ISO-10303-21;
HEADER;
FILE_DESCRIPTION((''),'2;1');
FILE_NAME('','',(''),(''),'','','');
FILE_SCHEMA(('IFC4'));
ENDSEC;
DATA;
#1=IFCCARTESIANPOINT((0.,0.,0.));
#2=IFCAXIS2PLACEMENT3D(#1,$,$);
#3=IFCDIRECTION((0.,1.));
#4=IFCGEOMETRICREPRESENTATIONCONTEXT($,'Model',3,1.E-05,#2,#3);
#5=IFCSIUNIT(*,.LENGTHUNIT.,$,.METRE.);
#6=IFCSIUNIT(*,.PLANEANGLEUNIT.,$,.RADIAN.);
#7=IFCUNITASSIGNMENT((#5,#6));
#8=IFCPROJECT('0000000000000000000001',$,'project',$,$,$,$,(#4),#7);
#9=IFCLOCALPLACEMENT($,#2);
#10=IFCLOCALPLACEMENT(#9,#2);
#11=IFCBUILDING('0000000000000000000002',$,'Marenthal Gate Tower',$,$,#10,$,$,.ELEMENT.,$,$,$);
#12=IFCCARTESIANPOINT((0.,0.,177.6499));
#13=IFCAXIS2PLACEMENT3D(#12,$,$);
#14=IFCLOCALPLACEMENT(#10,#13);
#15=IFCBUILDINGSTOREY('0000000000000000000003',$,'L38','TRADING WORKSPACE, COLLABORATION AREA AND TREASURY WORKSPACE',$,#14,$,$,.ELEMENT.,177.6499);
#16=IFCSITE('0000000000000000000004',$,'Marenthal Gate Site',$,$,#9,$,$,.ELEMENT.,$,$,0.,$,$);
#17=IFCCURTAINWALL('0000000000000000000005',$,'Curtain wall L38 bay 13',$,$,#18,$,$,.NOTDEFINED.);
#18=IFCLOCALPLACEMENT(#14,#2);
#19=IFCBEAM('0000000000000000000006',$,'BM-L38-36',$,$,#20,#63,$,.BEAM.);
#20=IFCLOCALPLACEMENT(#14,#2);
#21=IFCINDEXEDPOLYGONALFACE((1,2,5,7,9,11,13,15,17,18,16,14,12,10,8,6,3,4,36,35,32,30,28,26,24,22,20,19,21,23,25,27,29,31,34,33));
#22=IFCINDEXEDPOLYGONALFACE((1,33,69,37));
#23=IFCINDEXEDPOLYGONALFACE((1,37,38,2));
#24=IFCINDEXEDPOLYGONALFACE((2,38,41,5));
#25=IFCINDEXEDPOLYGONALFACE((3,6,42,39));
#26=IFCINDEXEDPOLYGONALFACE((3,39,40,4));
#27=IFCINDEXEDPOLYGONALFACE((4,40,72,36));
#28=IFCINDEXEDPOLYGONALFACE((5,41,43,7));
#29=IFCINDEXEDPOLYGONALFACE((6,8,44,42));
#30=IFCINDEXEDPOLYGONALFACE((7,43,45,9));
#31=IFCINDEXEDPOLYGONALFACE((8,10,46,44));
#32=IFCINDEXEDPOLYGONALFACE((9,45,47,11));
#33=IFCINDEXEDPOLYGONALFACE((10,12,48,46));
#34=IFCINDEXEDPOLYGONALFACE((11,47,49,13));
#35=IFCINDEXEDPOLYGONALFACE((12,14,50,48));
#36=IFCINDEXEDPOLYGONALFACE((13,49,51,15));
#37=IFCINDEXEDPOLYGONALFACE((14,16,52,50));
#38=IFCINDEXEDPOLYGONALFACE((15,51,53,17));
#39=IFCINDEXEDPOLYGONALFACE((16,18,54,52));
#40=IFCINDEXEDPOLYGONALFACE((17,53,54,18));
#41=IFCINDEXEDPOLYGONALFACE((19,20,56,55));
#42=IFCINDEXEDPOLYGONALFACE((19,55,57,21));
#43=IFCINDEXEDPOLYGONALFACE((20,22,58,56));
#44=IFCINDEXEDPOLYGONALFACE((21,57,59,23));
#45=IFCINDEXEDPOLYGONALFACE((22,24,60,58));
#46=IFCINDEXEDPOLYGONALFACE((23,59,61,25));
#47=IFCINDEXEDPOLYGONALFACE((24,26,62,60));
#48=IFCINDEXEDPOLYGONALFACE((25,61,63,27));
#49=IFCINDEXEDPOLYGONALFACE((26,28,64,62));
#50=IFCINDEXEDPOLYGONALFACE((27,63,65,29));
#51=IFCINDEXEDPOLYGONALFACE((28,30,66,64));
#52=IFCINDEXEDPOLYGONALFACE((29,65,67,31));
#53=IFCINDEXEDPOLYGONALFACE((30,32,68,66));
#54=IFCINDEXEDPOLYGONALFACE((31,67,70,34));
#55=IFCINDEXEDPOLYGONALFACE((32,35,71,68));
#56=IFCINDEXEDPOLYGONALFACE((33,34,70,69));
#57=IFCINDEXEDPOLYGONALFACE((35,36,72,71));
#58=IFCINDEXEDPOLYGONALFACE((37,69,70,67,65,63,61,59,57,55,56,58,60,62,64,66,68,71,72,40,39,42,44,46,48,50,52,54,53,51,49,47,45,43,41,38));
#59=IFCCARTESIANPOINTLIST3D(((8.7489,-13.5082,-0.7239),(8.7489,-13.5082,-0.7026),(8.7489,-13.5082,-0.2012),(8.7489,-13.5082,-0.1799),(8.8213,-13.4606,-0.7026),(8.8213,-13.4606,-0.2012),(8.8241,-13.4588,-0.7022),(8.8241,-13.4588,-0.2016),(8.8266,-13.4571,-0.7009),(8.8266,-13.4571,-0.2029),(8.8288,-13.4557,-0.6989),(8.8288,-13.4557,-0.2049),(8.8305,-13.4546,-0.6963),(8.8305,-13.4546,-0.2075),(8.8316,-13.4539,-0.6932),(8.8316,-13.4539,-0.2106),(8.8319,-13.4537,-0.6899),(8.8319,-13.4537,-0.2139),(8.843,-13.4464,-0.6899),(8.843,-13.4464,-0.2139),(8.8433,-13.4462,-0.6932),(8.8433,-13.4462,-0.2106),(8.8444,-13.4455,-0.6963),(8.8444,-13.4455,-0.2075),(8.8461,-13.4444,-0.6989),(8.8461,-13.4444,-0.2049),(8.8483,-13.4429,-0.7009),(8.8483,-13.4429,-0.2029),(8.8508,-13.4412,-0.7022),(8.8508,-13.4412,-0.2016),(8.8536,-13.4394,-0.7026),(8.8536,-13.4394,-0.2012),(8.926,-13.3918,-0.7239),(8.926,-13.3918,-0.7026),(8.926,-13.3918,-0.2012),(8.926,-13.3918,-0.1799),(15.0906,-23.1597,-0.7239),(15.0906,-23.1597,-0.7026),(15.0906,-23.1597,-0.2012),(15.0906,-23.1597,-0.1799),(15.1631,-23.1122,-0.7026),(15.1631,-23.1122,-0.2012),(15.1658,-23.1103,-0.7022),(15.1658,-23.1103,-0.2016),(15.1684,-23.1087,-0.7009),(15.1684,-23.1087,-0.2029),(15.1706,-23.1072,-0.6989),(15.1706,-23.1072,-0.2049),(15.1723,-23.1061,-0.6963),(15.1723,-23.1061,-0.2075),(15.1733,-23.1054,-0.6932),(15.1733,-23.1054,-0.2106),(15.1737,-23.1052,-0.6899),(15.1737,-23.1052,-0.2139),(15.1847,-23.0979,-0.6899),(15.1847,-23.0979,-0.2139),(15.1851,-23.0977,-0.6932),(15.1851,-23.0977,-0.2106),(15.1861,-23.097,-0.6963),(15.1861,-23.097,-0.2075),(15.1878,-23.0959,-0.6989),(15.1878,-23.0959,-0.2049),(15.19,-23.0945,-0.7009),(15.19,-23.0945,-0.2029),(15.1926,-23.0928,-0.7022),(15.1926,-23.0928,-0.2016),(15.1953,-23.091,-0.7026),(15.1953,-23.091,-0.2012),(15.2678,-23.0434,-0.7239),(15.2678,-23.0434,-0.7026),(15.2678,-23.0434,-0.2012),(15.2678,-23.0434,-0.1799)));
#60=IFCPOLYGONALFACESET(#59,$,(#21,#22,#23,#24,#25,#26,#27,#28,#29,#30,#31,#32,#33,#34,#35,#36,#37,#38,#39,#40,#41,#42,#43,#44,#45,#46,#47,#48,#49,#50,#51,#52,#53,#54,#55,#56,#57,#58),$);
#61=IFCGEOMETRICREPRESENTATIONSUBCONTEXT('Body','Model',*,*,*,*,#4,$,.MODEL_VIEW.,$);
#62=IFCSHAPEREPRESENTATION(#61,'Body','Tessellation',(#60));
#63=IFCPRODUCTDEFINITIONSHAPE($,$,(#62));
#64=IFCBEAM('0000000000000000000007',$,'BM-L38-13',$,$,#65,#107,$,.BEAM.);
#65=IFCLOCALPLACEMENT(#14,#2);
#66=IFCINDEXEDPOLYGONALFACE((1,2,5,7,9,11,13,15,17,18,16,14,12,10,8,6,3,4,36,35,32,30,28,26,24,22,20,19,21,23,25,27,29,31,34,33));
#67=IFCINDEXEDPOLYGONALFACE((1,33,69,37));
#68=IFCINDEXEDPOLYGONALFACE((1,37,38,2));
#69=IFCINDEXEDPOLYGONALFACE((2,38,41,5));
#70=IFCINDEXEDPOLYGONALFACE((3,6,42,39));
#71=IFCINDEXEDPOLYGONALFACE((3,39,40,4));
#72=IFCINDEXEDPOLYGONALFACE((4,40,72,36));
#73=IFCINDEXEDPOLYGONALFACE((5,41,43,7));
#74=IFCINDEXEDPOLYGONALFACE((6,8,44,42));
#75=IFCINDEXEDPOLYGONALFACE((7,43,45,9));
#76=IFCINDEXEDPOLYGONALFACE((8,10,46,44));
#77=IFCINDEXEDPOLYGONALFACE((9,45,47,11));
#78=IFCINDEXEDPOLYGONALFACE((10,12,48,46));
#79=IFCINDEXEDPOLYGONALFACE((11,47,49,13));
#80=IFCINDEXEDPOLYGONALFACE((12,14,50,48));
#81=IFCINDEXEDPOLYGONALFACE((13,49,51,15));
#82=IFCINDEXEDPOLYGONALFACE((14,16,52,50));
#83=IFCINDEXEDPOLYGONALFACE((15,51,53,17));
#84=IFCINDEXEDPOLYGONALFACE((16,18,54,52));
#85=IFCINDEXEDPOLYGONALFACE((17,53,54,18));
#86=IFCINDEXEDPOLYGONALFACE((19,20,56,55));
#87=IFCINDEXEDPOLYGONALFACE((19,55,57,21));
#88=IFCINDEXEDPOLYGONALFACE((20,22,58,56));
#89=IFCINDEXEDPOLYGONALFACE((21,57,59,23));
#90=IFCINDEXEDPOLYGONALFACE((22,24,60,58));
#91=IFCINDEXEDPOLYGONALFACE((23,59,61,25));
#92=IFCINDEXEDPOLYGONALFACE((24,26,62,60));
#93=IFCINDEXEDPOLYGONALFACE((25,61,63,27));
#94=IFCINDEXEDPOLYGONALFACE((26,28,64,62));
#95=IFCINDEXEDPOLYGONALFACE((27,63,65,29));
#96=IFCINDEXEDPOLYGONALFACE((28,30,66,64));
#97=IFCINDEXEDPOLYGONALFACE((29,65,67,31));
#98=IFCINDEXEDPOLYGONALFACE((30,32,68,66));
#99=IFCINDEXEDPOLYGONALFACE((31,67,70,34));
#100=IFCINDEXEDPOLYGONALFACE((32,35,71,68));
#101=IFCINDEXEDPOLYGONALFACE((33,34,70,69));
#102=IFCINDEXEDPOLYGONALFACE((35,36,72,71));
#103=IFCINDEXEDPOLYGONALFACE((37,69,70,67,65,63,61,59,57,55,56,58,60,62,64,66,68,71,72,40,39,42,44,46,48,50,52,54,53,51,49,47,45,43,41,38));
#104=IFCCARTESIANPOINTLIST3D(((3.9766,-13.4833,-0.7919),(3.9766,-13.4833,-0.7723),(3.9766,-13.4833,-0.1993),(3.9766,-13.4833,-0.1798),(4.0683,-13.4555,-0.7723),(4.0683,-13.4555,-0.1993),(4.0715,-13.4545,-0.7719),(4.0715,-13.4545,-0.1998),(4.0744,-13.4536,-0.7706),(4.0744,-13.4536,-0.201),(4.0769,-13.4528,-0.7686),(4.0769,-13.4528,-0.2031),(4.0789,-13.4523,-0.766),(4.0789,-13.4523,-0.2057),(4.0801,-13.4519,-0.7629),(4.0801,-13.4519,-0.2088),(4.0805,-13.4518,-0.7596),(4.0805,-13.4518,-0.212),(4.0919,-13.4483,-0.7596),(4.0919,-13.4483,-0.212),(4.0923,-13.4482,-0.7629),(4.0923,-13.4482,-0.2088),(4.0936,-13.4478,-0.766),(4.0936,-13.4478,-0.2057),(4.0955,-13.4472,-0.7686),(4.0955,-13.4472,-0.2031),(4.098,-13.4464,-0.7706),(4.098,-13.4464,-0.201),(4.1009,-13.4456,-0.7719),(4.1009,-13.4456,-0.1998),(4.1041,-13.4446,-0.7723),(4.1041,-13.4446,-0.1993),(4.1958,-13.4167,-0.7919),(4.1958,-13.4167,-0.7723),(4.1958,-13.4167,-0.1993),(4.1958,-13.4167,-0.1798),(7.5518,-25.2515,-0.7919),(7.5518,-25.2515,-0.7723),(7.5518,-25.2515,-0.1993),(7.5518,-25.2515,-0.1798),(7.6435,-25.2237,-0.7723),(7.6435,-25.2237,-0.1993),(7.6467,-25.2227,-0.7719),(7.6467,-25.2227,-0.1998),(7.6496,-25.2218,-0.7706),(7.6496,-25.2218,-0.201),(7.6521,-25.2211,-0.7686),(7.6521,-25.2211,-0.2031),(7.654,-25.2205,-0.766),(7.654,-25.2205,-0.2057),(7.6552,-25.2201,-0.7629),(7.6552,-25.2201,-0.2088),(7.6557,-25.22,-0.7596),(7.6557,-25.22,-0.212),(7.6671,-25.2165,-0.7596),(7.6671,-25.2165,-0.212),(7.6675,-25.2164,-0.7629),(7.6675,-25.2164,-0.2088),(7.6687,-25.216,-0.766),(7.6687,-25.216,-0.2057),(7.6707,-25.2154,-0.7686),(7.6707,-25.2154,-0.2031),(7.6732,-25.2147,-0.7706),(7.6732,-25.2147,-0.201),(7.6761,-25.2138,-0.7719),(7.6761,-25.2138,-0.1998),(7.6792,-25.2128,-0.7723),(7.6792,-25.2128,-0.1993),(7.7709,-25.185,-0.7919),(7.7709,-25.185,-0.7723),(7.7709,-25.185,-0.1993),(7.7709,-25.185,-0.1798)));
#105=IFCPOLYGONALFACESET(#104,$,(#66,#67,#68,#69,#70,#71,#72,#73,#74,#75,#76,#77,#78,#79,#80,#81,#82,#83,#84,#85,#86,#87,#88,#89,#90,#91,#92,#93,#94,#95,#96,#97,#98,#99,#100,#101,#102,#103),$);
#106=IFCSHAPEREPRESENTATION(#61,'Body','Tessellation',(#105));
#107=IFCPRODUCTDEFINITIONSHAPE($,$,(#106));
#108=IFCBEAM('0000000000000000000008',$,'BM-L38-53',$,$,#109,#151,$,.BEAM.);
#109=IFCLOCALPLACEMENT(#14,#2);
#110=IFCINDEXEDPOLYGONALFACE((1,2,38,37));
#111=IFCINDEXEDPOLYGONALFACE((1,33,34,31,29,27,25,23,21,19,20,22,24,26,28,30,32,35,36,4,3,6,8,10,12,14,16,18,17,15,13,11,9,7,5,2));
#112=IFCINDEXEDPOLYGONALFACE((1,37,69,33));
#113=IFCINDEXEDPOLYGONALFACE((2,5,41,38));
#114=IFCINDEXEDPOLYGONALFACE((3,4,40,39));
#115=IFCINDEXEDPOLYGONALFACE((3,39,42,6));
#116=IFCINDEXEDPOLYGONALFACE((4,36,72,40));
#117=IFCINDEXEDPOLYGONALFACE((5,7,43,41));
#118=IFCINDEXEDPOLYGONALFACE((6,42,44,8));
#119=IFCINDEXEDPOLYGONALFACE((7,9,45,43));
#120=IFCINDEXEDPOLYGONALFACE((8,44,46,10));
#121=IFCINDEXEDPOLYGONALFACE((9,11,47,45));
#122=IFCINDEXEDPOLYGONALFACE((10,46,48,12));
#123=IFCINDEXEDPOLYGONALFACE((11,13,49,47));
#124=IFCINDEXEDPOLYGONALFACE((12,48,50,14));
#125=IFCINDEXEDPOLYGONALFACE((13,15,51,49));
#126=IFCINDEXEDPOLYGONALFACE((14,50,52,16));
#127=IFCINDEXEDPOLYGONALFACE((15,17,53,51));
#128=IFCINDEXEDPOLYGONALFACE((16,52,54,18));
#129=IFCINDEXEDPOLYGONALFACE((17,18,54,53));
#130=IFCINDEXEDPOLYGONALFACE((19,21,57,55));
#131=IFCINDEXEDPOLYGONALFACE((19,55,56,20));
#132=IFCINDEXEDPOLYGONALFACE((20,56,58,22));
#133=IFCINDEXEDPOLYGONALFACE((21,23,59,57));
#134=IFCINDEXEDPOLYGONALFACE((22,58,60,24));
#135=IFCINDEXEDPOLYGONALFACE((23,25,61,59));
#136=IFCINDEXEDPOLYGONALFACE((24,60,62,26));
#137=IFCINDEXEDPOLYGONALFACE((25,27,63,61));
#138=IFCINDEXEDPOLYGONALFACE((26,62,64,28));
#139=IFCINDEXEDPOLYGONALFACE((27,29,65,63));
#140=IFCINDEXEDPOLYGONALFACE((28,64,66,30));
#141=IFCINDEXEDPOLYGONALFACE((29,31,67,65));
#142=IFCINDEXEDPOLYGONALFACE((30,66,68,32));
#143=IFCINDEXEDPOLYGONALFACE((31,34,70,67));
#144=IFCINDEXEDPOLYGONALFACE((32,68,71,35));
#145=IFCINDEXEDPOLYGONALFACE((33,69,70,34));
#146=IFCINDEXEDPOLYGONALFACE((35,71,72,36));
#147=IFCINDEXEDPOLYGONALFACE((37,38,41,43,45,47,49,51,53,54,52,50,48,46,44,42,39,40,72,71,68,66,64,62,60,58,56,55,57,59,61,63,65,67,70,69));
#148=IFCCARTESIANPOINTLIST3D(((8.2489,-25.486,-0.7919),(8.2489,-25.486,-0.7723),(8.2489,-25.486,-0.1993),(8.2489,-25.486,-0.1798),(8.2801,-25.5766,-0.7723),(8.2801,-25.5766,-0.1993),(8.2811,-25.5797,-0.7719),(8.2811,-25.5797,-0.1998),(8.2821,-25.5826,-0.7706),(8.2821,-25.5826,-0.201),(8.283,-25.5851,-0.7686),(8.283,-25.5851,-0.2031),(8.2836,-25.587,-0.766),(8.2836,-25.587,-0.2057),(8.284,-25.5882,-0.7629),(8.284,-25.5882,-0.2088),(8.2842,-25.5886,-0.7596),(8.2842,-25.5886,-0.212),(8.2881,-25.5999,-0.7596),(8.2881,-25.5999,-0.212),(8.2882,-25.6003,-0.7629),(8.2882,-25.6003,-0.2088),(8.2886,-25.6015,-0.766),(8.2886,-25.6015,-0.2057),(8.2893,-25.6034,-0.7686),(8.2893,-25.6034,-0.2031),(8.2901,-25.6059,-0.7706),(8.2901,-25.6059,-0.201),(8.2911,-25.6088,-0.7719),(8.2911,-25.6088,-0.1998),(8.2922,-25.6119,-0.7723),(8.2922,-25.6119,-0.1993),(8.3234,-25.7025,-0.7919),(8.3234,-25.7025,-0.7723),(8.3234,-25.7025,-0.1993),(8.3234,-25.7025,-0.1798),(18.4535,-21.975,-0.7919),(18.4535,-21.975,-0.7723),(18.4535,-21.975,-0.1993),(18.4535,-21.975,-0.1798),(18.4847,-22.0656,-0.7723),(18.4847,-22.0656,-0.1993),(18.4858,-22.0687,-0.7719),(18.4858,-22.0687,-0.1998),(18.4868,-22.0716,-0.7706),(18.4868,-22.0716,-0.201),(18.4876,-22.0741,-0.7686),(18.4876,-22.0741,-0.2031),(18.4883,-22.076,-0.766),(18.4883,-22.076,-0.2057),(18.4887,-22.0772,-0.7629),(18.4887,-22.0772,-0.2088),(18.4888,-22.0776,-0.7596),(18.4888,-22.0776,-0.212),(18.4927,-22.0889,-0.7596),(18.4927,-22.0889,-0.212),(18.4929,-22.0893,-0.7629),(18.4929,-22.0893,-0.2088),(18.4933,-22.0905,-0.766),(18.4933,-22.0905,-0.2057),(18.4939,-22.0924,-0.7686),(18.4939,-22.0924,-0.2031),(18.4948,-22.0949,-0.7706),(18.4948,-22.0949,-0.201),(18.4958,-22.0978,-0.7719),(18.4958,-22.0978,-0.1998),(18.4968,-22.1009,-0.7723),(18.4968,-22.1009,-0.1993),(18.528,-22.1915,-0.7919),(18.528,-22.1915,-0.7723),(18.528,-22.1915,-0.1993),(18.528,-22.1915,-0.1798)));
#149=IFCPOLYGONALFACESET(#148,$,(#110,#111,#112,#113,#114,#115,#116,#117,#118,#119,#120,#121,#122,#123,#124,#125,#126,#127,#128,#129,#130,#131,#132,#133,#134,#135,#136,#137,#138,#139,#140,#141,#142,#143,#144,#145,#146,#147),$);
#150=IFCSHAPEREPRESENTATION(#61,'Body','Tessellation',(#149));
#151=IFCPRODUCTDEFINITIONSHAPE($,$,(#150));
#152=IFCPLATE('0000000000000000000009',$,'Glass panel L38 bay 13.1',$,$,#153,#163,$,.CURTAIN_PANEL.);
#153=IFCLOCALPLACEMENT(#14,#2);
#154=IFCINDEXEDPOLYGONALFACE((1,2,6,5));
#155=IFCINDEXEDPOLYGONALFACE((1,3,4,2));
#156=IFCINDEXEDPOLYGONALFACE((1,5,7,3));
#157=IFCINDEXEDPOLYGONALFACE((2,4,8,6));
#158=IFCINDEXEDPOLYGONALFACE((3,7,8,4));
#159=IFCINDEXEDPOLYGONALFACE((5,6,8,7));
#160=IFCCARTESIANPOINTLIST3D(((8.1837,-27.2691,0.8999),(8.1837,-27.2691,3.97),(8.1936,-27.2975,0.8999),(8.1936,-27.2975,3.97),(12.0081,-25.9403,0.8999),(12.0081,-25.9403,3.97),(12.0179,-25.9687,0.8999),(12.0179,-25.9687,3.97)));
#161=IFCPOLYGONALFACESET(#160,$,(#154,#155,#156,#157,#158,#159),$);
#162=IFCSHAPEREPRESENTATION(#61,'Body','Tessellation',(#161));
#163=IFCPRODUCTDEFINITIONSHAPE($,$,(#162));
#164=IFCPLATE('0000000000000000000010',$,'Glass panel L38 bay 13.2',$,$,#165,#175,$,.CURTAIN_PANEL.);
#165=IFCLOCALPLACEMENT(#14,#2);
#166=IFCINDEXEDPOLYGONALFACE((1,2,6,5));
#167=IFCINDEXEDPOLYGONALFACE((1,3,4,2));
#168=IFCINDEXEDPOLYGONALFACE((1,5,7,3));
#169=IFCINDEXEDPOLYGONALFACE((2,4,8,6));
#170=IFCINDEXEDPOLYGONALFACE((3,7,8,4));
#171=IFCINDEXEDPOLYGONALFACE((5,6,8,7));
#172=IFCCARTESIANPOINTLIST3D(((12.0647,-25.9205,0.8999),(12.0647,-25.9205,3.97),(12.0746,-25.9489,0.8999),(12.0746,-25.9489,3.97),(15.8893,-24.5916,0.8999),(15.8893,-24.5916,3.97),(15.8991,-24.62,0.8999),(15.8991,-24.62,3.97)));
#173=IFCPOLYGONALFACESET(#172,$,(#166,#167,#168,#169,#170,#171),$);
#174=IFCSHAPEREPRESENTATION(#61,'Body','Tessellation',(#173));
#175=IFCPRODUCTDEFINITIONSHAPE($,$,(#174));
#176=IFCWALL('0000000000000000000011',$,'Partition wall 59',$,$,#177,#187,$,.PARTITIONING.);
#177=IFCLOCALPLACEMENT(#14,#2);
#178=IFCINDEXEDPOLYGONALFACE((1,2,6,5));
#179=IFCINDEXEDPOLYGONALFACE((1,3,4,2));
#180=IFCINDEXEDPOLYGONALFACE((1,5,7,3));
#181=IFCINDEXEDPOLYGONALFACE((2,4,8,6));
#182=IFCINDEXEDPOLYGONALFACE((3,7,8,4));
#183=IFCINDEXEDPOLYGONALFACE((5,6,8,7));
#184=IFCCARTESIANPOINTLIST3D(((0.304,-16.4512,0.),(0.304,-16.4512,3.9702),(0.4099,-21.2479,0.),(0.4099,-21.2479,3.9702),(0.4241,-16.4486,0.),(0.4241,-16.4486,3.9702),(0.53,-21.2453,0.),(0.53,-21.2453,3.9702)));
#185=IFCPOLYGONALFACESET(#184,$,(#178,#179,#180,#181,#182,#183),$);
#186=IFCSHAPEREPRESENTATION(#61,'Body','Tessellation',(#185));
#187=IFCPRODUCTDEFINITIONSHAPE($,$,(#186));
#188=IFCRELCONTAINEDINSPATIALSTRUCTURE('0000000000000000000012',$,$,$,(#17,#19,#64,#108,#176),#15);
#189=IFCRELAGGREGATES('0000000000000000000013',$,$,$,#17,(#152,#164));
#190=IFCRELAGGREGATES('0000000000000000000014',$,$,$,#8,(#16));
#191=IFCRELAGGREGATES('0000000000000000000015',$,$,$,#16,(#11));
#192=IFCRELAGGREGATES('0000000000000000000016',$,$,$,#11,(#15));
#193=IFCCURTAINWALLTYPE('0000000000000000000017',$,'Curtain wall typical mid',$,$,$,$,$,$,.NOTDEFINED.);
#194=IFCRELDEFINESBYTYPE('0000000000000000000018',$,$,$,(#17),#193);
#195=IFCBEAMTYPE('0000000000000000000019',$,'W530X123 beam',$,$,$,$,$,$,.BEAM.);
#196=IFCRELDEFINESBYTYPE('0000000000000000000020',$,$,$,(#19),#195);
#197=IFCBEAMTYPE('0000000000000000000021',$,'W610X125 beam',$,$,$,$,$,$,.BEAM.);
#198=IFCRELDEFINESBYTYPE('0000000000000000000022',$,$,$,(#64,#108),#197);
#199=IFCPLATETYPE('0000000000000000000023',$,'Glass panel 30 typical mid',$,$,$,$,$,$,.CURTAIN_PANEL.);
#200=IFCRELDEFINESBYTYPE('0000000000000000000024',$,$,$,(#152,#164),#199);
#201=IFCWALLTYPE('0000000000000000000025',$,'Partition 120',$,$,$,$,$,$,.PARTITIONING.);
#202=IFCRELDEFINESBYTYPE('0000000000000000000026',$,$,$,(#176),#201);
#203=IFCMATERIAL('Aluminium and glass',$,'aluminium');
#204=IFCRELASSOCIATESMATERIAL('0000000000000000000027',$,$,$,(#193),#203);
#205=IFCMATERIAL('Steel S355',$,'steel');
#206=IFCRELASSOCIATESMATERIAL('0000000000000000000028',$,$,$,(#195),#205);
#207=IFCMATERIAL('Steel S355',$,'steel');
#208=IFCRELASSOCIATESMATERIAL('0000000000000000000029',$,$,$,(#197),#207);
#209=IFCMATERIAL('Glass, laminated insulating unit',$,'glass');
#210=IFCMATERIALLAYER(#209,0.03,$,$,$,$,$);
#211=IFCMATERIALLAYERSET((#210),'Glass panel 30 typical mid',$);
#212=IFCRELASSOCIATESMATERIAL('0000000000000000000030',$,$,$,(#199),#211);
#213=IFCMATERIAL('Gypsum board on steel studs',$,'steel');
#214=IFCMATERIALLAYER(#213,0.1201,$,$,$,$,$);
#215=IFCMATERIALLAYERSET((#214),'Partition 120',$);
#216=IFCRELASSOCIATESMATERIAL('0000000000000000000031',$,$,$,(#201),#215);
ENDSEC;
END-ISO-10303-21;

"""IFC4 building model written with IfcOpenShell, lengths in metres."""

from ifc_helpers import new_model, si_unit, direction, frame, frame_2d, origin, origin_2d, place, context, subcontext, project, spatial, rectangle, i_section, extrude, material, layer, layer_set, material_profile, profile_set, type_object, element, aggregate, save


model = new_model("IFC4")

# Units and contexts
model_context = context("Model", 3, precision=1e-05, world=origin(), true_north=direction((0.0, 1.0)))
body_context = subcontext(model_context, "Body", "Model", "MODEL_VIEW")
ifc_project = project(units=[si_unit("LENGTHUNIT", "METRE"), si_unit("PLANEANGLEUNIT", "RADIAN")], contexts=[model_context])

# Site, building, storey
site_placement = place(None, origin())
site = spatial("IfcSite", under=ifc_project, at=site_placement, Name="Marenthal Gate Site", CompositionType="ELEMENT", RefElevation=0.0)
building_placement = place(site_placement, origin())
building = spatial("IfcBuilding", under=site, at=building_placement, Name="Marenthal Gate Tower", CompositionType="ELEMENT")
storey_placement = place(building_placement, frame((0.0, 0.0, 177.6499)))
storey = spatial("IfcBuildingStorey", under=building, at=storey_placement, Name="L38", Description="TRADING WORKSPACE, COLLABORATION AREA AND TREASURY WORKSPACE", CompositionType="ELEMENT", Elevation=177.6499)

# Curtain wall
ifc_material_1 = material(Name="Aluminium and glass", Category="aluminium")
curtain_wall_type = type_object("IfcCurtainWallType", Name="Curtain wall typical mid", PredefinedType="NOTDEFINED", material=ifc_material_1)
curtain_wall_placement = place(storey_placement, origin())
curtain_wall = element("IfcCurtainWall", 1, at=curtain_wall_placement, inside=storey, type_object=curtain_wall_type, Name="Curtain wall L38 bay 13", PredefinedType="NOTDEFINED")

# Beams
ifc_material_2 = material(Name="Steel S355", Category="steel")
ifc_material_profile_1 = material_profile(ifc_material_2, i_section(OverallWidth=0.2119, OverallDepth=0.5439, WebThickness=0.0132, FlangeThickness=0.0212, FilletRadius=0.0127, at=origin_2d()), Name="W530X123")
ifc_profile_set_1 = profile_set([ifc_material_profile_1], Name="Steel S355")
beam_type_1 = type_object("IfcBeamType", Name="W530X123 beam", PredefinedType="BEAM", material=ifc_profile_set_1)
beam_1_placement = place(storey_placement, frame((15.1792, -23.1016, -0.4519), z_axis=(-0.549136, 0.835733, 0.0), x_axis=(-0.835733, -0.549136, 0.0)))
element("IfcBeam", 2, at=beam_1_placement, inside=storey, type_object=beam_type_1, Name="BM-L38-36", PredefinedType="BEAM", context=body_context, shape_type="SweptSolid", body=[
    extrude(i_section(OverallWidth=0.2119, OverallDepth=0.5439, WebThickness=0.0132, FlangeThickness=0.0212, FilletRadius=0.0127, at=origin_2d()), origin(), (0.0, 0.0, 1.0), 11.5486),
])
ifc_material_3 = material(Name="Steel S355", Category="steel")
ifc_material_profile_2 = material_profile(ifc_material_3, i_section(OverallWidth=0.229, OverallDepth=0.6121, WebThickness=0.012, FlangeThickness=0.0195, FilletRadius=0.0127, at=origin_2d()), Name="W610X125")
ifc_profile_set_2 = profile_set([ifc_material_profile_2], Name="Steel S355")
beam_type_2 = type_object("IfcBeamType", Name="W610X125 beam", PredefinedType="BEAM", material=ifc_profile_set_2)
beam_2_placement = place(storey_placement, frame((7.6614, -25.2183, -0.4858), z_axis=(-0.290681, 0.95682, 0.0), x_axis=(-0.95682, -0.290681, 0.0)))
element("IfcBeam", 3, at=beam_2_placement, inside=storey, type_object=beam_type_2, Name="BM-L38-13", PredefinedType="BEAM", context=body_context, shape_type="SweptSolid", body=[
    extrude(i_section(OverallWidth=0.229, OverallDepth=0.6121, WebThickness=0.012, FlangeThickness=0.0195, FilletRadius=0.0127, at=origin_2d()), origin(), (0.0, 0.0, 1.0), 12.2993),
])
beam_3_placement = place(storey_placement, frame((8.2861, -25.5942, -0.4858), z_axis=(0.945597, 0.325342, 0.0), x_axis=(-0.325342, 0.945597, 0.0)))
element("IfcBeam", 4, at=beam_3_placement, inside=storey, type_object=beam_type_2, Name="BM-L38-53", PredefinedType="BEAM", context=body_context, shape_type="SweptSolid", body=[
    extrude(i_section(OverallWidth=0.229, OverallDepth=0.6121, WebThickness=0.012, FlangeThickness=0.0195, FilletRadius=0.0127, at=origin_2d()), origin(), (0.0, 0.0, 1.0), 10.7917),
])

# Plates
ifc_material_4 = material(Name="Glass, laminated insulating unit", Category="glass")
ifc_layer_1 = layer(ifc_material_4, 0.03)
ifc_layer_set_1 = layer_set([ifc_layer_1], Name="Glass panel 30 typical mid")
plate_type = type_object("IfcPlateType", Name="Glass panel 30 typical mid", PredefinedType="CURTAIN_PANEL", material=ifc_layer_set_1)
plate_1_placement = place(storey_placement, frame((10.1008, -26.6189, 0.8999), z_axis=(0.0, 0.0, 1.0), x_axis=(0.944604, 0.328211, 0.0)))
plate_1 = element("IfcPlate", 5, at=plate_1_placement, type_object=plate_type, Name="Glass panel L38 bay 13.1", PredefinedType="CURTAIN_PANEL", context=body_context, shape_type="SweptSolid", body=[
    extrude(rectangle(XDim=4.0486, YDim=0.03, at=origin_2d()), origin(), (0.0, 0.0, 1.0), 3.0701),
])
plate_2_placement = place(storey_placement, frame((13.9819, -25.2703, 0.8999), z_axis=(0.0, 0.0, 1.0), x_axis=(0.944604, 0.328211, 0.0)))
plate_2 = element("IfcPlate", 6, at=plate_2_placement, type_object=plate_type, Name="Glass panel L38 bay 13.2", PredefinedType="CURTAIN_PANEL", context=body_context, shape_type="SweptSolid", body=[
    extrude(rectangle(XDim=4.0488, YDim=0.03, at=origin_2d()), origin(), (0.0, 0.0, 1.0), 3.0701),
])
aggregate(curtain_wall, [plate_1, plate_2])

# Wall
ifc_material_5 = material(Name="Gypsum board on steel studs", Category="steel")
ifc_layer_2 = layer(ifc_material_5, 0.1201)
ifc_layer_set_2 = layer_set([ifc_layer_2], Name="Partition 120")
wall_type = type_object("IfcWallType", Name="Partition 120", PredefinedType="PARTITIONING", material=ifc_layer_set_2)
wall_1_placement = place(storey_placement, frame((0.47, -21.2466, 0.0), z_axis=(0.0, 0.0, 1.0), x_axis=(-0.022084, 0.999756, 0.0)))
element("IfcWall", 7, at=wall_1_placement, inside=storey, type_object=wall_type, Name="Partition wall 59", PredefinedType="PARTITIONING", context=body_context, shape_type="SweptSolid", body=[
    extrude(rectangle(XDim=4.7979, YDim=0.1201, at=frame_2d((2.3989, 0.0))), origin(), (0.0, 0.0, 1.0), 3.9702),
])

save(model, "model.ifc")
